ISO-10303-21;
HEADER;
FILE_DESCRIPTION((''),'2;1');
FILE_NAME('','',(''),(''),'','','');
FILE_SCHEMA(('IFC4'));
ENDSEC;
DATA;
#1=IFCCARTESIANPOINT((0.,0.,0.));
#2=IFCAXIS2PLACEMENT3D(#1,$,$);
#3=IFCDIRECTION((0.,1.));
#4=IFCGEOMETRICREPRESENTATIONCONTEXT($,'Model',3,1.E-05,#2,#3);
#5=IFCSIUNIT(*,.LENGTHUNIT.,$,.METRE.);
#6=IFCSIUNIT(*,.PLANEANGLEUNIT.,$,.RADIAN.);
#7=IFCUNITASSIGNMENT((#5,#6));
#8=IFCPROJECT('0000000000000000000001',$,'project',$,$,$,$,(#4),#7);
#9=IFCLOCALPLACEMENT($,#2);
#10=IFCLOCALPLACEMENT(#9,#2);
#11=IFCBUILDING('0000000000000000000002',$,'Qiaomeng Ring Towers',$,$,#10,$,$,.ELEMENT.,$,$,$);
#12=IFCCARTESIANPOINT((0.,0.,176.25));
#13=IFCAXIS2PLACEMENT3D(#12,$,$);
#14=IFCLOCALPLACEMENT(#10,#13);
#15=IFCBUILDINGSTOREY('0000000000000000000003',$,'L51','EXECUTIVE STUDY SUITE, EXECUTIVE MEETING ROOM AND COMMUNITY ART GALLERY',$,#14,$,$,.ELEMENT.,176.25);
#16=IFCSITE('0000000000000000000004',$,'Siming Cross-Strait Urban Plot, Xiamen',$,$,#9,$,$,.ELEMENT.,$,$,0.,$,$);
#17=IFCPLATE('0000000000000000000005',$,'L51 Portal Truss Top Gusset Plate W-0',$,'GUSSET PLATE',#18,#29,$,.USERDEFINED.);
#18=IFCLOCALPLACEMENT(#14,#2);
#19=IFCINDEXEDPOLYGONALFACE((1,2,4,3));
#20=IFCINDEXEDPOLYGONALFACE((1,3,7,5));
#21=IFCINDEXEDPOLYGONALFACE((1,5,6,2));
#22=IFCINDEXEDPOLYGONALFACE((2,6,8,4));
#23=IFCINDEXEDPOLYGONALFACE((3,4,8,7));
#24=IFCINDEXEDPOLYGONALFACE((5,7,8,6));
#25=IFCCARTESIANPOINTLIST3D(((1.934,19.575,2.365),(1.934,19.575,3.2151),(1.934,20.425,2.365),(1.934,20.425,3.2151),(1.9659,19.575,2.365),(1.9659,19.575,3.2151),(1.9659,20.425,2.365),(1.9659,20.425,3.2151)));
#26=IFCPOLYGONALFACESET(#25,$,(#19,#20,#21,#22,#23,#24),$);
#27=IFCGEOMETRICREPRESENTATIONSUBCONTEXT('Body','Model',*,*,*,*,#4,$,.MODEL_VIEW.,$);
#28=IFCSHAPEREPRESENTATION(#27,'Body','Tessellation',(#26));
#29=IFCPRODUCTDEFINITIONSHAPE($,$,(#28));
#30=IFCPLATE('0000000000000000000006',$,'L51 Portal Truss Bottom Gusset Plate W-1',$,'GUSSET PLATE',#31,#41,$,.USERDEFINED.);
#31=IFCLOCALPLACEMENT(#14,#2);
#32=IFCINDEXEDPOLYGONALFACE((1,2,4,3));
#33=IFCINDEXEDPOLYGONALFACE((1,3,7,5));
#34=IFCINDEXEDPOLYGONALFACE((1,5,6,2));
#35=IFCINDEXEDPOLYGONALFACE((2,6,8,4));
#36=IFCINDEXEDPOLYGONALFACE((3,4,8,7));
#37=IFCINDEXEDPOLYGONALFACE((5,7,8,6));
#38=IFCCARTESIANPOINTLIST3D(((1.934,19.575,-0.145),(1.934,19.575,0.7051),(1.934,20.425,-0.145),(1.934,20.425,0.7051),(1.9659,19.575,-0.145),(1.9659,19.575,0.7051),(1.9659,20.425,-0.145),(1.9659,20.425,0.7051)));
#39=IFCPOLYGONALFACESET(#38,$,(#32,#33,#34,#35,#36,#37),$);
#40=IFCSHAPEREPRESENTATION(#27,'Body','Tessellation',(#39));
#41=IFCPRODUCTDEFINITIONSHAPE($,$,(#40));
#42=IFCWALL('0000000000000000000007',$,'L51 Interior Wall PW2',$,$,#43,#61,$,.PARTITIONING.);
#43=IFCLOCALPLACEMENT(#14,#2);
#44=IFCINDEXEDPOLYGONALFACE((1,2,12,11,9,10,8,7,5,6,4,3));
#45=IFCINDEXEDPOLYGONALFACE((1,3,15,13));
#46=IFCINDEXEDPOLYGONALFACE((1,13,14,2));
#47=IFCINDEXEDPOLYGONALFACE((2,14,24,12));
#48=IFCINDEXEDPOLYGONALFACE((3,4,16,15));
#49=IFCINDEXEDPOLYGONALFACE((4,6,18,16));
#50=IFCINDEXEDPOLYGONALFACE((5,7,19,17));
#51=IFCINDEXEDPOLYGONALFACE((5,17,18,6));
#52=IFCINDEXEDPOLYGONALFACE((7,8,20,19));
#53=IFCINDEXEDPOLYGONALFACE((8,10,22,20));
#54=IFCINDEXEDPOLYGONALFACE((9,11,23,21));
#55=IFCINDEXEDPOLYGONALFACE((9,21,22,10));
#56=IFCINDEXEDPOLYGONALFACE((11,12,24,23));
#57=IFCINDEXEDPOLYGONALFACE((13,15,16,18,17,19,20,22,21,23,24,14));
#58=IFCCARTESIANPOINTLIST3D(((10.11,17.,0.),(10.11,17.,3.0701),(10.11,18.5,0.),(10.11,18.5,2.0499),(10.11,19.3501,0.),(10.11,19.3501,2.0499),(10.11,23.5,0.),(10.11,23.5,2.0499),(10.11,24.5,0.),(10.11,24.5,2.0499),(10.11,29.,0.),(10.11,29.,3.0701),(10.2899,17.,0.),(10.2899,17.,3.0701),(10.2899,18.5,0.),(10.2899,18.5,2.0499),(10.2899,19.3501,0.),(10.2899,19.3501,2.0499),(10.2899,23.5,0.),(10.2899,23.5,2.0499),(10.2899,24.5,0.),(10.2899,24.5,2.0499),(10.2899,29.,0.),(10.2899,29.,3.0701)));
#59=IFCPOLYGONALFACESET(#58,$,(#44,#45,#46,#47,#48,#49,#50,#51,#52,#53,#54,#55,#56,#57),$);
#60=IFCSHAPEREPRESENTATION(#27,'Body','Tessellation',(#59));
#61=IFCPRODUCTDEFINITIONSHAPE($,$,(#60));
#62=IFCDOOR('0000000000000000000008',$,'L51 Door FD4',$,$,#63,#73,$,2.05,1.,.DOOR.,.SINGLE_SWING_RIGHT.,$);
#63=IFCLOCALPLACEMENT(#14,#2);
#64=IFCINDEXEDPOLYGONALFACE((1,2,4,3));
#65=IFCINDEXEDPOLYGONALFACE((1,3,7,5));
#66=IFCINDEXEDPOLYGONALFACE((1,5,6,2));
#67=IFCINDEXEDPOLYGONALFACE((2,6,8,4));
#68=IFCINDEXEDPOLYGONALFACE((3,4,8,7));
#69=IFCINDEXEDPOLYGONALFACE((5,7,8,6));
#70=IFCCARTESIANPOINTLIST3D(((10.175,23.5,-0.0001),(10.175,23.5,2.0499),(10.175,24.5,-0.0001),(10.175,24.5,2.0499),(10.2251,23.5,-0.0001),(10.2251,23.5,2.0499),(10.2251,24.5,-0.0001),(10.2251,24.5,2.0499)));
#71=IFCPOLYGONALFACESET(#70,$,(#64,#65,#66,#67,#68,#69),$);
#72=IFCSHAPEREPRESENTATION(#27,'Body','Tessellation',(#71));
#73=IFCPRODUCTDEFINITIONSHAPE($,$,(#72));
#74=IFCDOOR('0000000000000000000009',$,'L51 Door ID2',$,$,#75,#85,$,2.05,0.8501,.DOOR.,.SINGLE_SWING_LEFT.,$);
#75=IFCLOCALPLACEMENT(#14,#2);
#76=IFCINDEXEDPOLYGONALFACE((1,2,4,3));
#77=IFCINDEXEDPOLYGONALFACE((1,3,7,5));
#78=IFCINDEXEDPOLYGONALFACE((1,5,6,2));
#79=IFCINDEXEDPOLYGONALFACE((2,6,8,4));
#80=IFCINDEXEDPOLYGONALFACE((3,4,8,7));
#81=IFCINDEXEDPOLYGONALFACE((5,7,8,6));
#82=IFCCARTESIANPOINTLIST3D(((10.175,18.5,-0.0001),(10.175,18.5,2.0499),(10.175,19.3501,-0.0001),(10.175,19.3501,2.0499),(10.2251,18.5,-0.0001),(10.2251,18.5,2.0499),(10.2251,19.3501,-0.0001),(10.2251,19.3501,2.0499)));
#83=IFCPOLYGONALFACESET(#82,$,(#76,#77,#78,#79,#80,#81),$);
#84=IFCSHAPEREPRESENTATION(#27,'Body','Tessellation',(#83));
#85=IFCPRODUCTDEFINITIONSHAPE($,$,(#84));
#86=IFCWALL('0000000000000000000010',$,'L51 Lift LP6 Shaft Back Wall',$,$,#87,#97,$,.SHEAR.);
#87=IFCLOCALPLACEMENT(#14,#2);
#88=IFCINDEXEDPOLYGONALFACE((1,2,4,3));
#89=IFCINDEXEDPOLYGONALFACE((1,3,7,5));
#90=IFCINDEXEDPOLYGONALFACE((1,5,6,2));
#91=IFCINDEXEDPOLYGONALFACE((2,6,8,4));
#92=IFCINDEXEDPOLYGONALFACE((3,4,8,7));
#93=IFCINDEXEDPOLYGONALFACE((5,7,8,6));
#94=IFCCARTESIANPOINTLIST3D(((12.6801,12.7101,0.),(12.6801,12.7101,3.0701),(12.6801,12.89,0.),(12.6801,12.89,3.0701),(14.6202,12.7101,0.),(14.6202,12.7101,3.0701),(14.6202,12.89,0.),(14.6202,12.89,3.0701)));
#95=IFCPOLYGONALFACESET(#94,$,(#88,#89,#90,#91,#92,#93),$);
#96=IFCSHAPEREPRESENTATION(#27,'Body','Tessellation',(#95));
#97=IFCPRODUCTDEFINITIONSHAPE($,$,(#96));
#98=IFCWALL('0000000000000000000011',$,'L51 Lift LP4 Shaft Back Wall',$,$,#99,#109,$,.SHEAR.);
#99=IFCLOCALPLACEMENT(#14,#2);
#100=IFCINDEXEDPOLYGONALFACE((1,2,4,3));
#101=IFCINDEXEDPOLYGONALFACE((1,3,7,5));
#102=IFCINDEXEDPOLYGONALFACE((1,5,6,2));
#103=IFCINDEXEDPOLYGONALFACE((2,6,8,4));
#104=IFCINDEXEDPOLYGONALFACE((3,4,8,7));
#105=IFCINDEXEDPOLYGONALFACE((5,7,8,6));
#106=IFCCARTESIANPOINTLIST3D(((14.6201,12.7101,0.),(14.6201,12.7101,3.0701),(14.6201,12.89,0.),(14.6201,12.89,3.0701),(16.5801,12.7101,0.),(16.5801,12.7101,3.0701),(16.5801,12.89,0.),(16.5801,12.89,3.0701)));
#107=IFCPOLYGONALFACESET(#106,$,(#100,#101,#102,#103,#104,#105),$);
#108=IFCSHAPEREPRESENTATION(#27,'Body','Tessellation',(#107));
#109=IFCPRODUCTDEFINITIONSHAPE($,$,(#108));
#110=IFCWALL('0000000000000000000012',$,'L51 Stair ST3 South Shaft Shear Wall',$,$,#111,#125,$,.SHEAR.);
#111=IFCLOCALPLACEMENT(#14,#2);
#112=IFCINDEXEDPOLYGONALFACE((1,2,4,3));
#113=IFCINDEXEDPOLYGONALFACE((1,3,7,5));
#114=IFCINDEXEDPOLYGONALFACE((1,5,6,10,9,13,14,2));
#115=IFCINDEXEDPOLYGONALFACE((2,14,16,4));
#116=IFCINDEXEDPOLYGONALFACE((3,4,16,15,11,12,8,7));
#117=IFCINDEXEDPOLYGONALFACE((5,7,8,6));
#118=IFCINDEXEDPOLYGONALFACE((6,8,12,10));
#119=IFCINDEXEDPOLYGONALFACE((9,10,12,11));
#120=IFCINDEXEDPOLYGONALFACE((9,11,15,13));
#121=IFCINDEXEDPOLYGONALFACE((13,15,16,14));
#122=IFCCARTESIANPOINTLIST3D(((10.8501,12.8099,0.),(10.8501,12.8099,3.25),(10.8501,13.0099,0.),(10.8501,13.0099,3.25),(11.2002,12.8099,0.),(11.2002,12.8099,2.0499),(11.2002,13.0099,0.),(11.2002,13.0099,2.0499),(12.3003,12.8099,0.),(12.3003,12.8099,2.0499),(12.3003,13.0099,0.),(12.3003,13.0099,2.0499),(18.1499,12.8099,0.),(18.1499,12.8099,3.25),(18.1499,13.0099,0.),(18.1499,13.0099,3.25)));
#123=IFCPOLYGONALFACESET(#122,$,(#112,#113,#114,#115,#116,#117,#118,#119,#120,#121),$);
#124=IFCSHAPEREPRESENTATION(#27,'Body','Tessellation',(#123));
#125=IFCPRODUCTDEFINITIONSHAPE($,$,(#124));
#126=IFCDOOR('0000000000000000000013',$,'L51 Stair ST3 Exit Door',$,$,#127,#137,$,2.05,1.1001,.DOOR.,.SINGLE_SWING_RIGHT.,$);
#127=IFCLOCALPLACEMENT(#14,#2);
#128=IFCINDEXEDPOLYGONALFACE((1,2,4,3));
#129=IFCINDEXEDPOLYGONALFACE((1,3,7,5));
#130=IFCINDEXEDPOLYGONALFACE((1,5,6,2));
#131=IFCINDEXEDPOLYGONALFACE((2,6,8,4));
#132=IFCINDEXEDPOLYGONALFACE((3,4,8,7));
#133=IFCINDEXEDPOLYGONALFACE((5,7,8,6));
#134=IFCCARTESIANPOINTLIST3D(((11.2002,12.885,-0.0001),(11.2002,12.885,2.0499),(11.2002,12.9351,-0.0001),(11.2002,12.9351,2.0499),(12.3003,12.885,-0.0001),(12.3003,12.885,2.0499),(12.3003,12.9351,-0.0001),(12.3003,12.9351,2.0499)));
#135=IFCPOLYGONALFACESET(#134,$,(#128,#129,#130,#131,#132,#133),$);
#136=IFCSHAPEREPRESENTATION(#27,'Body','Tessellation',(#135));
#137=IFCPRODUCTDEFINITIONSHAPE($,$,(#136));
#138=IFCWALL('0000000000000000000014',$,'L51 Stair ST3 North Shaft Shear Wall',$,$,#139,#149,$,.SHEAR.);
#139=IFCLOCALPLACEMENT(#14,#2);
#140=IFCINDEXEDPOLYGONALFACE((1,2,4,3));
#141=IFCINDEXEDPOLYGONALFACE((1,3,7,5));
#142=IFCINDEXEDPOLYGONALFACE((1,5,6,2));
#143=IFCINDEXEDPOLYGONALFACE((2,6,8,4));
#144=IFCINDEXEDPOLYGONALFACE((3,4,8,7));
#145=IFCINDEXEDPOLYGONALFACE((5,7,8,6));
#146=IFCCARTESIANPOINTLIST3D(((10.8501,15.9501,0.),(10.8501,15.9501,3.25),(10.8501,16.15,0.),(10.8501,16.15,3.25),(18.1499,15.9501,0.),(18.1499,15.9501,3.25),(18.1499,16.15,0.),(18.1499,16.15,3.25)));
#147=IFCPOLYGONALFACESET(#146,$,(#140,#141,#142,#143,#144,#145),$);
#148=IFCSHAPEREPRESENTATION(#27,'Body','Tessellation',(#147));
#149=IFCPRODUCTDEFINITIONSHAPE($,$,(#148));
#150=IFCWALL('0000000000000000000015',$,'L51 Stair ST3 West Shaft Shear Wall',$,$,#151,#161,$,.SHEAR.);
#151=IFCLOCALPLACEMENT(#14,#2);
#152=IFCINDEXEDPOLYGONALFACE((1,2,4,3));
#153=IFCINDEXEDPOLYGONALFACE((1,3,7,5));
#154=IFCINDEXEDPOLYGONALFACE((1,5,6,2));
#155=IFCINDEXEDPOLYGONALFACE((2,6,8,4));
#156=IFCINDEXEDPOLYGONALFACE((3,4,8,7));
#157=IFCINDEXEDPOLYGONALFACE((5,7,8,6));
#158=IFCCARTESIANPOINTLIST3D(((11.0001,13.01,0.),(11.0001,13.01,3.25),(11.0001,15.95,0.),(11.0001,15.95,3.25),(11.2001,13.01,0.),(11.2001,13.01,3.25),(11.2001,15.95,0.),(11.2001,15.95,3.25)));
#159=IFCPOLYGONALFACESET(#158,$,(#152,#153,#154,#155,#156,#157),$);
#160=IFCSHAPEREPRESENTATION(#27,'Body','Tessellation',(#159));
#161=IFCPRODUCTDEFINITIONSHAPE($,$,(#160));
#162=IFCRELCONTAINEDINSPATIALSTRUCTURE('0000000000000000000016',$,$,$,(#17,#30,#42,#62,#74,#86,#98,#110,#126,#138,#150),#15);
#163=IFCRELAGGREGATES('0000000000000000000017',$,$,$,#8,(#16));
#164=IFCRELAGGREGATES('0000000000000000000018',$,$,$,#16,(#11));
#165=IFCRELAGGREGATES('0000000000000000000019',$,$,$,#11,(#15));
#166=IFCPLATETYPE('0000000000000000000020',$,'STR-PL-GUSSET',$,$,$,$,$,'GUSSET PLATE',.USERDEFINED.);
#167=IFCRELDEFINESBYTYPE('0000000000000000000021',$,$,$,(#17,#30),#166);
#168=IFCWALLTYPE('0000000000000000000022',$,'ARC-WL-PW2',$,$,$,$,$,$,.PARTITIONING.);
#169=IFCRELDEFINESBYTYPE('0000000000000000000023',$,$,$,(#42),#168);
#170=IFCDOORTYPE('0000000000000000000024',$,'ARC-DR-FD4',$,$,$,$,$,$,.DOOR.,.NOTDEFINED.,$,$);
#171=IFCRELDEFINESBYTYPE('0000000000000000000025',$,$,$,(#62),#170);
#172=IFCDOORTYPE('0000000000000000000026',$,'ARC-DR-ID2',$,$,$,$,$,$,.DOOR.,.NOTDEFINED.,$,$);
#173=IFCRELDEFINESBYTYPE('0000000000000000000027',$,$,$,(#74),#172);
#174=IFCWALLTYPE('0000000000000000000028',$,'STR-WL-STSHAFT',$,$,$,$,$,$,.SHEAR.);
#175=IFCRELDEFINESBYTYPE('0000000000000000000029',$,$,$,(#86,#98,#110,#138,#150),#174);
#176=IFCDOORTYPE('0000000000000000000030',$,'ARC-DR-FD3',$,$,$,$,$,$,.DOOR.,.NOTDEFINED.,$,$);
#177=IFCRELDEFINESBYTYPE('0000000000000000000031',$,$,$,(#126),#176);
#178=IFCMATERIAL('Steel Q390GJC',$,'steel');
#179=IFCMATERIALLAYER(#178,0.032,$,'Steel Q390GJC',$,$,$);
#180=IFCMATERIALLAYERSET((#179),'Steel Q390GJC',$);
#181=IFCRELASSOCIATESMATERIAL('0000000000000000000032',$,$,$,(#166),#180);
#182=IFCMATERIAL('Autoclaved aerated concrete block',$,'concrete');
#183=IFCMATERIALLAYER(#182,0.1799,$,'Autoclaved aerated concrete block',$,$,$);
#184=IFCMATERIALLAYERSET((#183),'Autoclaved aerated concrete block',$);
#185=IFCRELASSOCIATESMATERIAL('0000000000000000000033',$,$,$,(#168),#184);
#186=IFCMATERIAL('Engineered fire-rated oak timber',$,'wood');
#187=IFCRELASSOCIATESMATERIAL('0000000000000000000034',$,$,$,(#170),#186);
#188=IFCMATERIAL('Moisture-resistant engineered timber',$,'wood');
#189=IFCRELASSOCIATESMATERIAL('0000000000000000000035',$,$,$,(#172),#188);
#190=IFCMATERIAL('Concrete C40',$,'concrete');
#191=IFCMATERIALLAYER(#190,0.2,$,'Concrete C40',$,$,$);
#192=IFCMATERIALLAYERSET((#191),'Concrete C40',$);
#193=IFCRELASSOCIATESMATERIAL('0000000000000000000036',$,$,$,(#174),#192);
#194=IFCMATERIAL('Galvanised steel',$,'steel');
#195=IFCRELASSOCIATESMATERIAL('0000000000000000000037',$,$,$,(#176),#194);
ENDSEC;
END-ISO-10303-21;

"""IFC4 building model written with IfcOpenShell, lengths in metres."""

from ifc_helpers import new_model, si_unit, direction, frame, frame_2d, origin, origin_2d, place, context, subcontext, project, spatial, rectangle, extrude, source, transform, mapped, material, layer, layer_set, type_object, element, fill, save


model = new_model("IFC4")

# Units and contexts
model_context = context("Model", 3, precision=1e-05, world=origin(), true_north=direction((0.0, 1.0)))
body_context = subcontext(model_context, "Body", "Model", "MODEL_VIEW")
ifc_project = project(units=[si_unit("LENGTHUNIT", "METRE"), si_unit("PLANEANGLEUNIT", "RADIAN")], contexts=[model_context])

# Site, building, storey
site_placement = place(None, origin())
site = spatial("IfcSite", under=ifc_project, at=site_placement, Name="Siming Cross-Strait Urban Plot, Xiamen", CompositionType="ELEMENT", RefElevation=0.0)
building_placement = place(site_placement, origin())
building = spatial("IfcBuilding", under=site, at=building_placement, Name="Qiaomeng Ring Towers", CompositionType="ELEMENT")
storey_placement = place(building_placement, frame((0.0, 0.0, 176.25)))
storey = spatial("IfcBuildingStorey", under=building, at=storey_placement, Name="L51", Description="EXECUTIVE STUDY SUITE, EXECUTIVE MEETING ROOM AND COMMUNITY ART GALLERY", CompositionType="ELEMENT", Elevation=176.25)

# Shared definitions
ifc_material_1 = material(Name="Steel Q390GJC", Category="steel")

# Plates
ifc_layer_1 = layer(ifc_material_1, 0.032, Name="Steel Q390GJC")
ifc_layer_set_1 = layer_set([ifc_layer_1], Name="Steel Q390GJC")
plate_type = type_object("IfcPlateType", Name="STR-PL-GUSSET", ElementType="GUSSET PLATE", PredefinedType="USERDEFINED", material=ifc_layer_set_1)
shared_shape_1 = source(origin(), body_context, "Body", "SweptSolid", [
    extrude(rectangle(XDim=0.032, YDim=0.8501, at=origin_2d()), origin(), (0.0, 0.0, 1.0), 0.8501),
])
for number, where, z_axis, x_axis, name in (
    (1, (1.95, 20.0, 2.365), (0.0, 0.0, 1.0), (1.0, 0.0, 0.0), "L51 Portal Truss Top Gusset Plate W-0"),
    (2, (1.95, 20.0, -0.145), (0.0, 0.0, 1.0), (1.0, 0.0, 0.0), "L51 Portal Truss Bottom Gusset Plate W-1"),
):
    element("IfcPlate", number, at=place(storey_placement, frame(where, z_axis=z_axis, x_axis=x_axis)), inside=storey, type_object=plate_type, Name=name, ObjectType="GUSSET PLATE", PredefinedType="USERDEFINED", context=body_context, shape_type="MappedRepresentation", body=[
        mapped(shared_shape_1, transform((0.0, 0.0, 0.0), x_axis=(1.0, 0.0, 0.0), y_axis=(0.0, 1.0, 0.0), z_axis=(0.0, 0.0, 1.0), scale=1.0)),
    ])

# Wall, openings, doors
ifc_material_2 = material(Name="Autoclaved aerated concrete block", Category="concrete")
ifc_layer_2 = layer(ifc_material_2, 0.1799, Name="Autoclaved aerated concrete block")
ifc_layer_set_2 = layer_set([ifc_layer_2], Name="Autoclaved aerated concrete block")
wall_type_1 = type_object("IfcWallType", Name="ARC-WL-PW2", PredefinedType="PARTITIONING", material=ifc_layer_set_2)
wall_1_placement = place(storey_placement, frame((10.2, 17.0, 0.0), z_axis=(0.0, 0.0, 1.0), x_axis=(0.0, 1.0, 0.0)))
wall_1 = element("IfcWall", 3, at=wall_1_placement, inside=storey, type_object=wall_type_1, Name="L51 Interior Wall PW2", PredefinedType="PARTITIONING", context=body_context, shape_type="SweptSolid", body=[
    extrude(rectangle(XDim=12.0, YDim=0.1799, at=frame_2d((6.0, 0.0))), origin(), (0.0, 0.0, 1.0), 3.0701),
])
opening_1_placement = place(wall_1_placement, frame((1.5, 0.0, 0.0)))
opening_1 = element("IfcOpeningElement", 4, at=opening_1_placement, cuts=wall_1, PredefinedType="OPENING", context=body_context, shape_type="SweptSolid", body=[
    extrude(rectangle(XDim=0.8501, YDim=2.05, at=frame_2d((0.425, 1.0249))), frame((0.0, 0.0999, 0.0), z_axis=(0.0, -1.0, 0.0), x_axis=(1.0, 0.0, 0.0)), (0.0, 0.0, 1.0), 0.2),
])
opening_2_placement = place(wall_1_placement, frame((6.5, 0.0, 0.0)))
opening_2 = element("IfcOpeningElement", 5, at=opening_2_placement, cuts=wall_1, PredefinedType="OPENING", context=body_context, shape_type="SweptSolid", body=[
    extrude(rectangle(XDim=1.0, YDim=2.05, at=frame_2d((0.5, 1.0249))), frame((0.0, 0.0999, 0.0), z_axis=(0.0, -1.0, 0.0), x_axis=(1.0, 0.0, 0.0)), (0.0, 0.0, 1.0), 0.2),
])
ifc_material_3 = material(Name="Engineered fire-rated oak timber", Category="wood")
door_type_1 = type_object("IfcDoorType", Name="ARC-DR-FD4", OperationType="NOTDEFINED", PredefinedType="DOOR", material=ifc_material_3)
shared_shape_2 = source(origin(), body_context, "Body", "SweptSolid", [
    extrude(rectangle(XDim=1.0, YDim=2.05, at=frame_2d((0.5, 1.0249))), frame((0.0, 0.0249, 0.0), z_axis=(0.0, -1.0, 0.0), x_axis=(1.0, 0.0, 0.0)), (0.0, 0.0, 1.0), 0.05),
])
door_1_placement = place(opening_2_placement, origin())
door_1 = element("IfcDoor", 6, at=door_1_placement, inside=storey, type_object=door_type_1, Name="L51 Door FD4", OperationType="SINGLE_SWING_RIGHT", OverallHeight=2.05, OverallWidth=1.0, PredefinedType="DOOR", context=body_context, shape_type="MappedRepresentation", body=[
    mapped(shared_shape_2, transform((0.0, 0.0, 0.0), x_axis=(1.0, 0.0, 0.0), y_axis=(0.0, 1.0, 0.0), z_axis=(0.0, 0.0, 1.0), scale=1.0)),
])
fill(opening_2, door_1)
ifc_material_4 = material(Name="Moisture-resistant engineered timber", Category="wood")
door_type_2 = type_object("IfcDoorType", Name="ARC-DR-ID2", OperationType="NOTDEFINED", PredefinedType="DOOR", material=ifc_material_4)
shared_shape_3 = source(origin(), body_context, "Body", "SweptSolid", [
    extrude(rectangle(XDim=0.8501, YDim=2.05, at=frame_2d((0.425, 1.0249))), frame((0.0, 0.0249, 0.0), z_axis=(0.0, -1.0, 0.0), x_axis=(1.0, 0.0, 0.0)), (0.0, 0.0, 1.0), 0.05),
])
door_2_placement = place(opening_1_placement, origin())
door_2 = element("IfcDoor", 7, at=door_2_placement, inside=storey, type_object=door_type_2, Name="L51 Door ID2", OperationType="SINGLE_SWING_LEFT", OverallHeight=2.05, OverallWidth=0.8501, PredefinedType="DOOR", context=body_context, shape_type="MappedRepresentation", body=[
    mapped(shared_shape_3, transform((0.0, 0.0, 0.0), x_axis=(1.0, 0.0, 0.0), y_axis=(0.0, 1.0, 0.0), z_axis=(0.0, 0.0, 1.0), scale=1.0)),
])
fill(opening_1, door_2)

# Walls
ifc_material_5 = material(Name="Concrete C40", Category="concrete")
ifc_layer_3 = layer(ifc_material_5, 0.2, Name="Concrete C40")
ifc_layer_set_3 = layer_set([ifc_layer_3], Name="Concrete C40")
wall_type_2 = type_object("IfcWallType", Name="STR-WL-STSHAFT", PredefinedType="SHEAR", material=ifc_layer_set_3)
wall_2_placement = place(storey_placement, frame((12.6799, 12.8, 0.0), z_axis=(0.0, 0.0, 1.0), x_axis=(1.0, 0.0, 0.0)))
element("IfcWall", 8, at=wall_2_placement, inside=storey, type_object=wall_type_2, Name="L51 Lift LP6 Shaft Back Wall", PredefinedType="SHEAR", context=body_context, shape_type="SweptSolid", body=[
    extrude(rectangle(XDim=1.9402, YDim=0.1799, at=frame_2d((0.9702, 0.0))), origin(), (0.0, 0.0, 1.0), 3.0701),
])
wall_3_placement = place(storey_placement, frame((14.6201, 12.8, 0.0), z_axis=(0.0, 0.0, 1.0), x_axis=(1.0, 0.0, 0.0)))
element("IfcWall", 9, at=wall_3_placement, inside=storey, type_object=wall_type_2, Name="L51 Lift LP4 Shaft Back Wall", PredefinedType="SHEAR", context=body_context, shape_type="SweptSolid", body=[
    extrude(rectangle(XDim=1.96, YDim=0.1799, at=frame_2d((0.98, 0.0))), origin(), (0.0, 0.0, 1.0), 3.0701),
])

# Wall, opening, door
wall_4_placement = place(storey_placement, frame((10.8501, 12.9099, 0.0), z_axis=(0.0, 0.0, 1.0), x_axis=(1.0, 0.0, 0.0)))
wall_4 = element("IfcWall", 10, at=wall_4_placement, inside=storey, type_object=wall_type_2, Name="L51 Stair ST3 South Shaft Shear Wall", PredefinedType="SHEAR", context=body_context, shape_type="SweptSolid", body=[
    extrude(rectangle(XDim=7.2998, YDim=0.2, at=frame_2d((3.6499, 0.0))), origin(), (0.0, 0.0, 1.0), 3.25),
])
opening_3_placement = place(wall_4_placement, frame((0.3501, 0.0, 0.0)))
opening_3 = element("IfcOpeningElement", 11, at=opening_3_placement, cuts=wall_4, PredefinedType="OPENING", context=body_context, shape_type="SweptSolid", body=[
    extrude(rectangle(XDim=1.1001, YDim=2.05, at=frame_2d((0.55, 1.0249))), frame((0.0, 0.1099, 0.0), z_axis=(0.0, -1.0, 0.0), x_axis=(1.0, 0.0, 0.0)), (0.0, 0.0, 1.0), 0.22),
])
ifc_material_6 = material(Name="Galvanised steel", Category="steel")
door_type_3 = type_object("IfcDoorType", Name="ARC-DR-FD3", OperationType="NOTDEFINED", PredefinedType="DOOR", material=ifc_material_6)
shared_shape_4 = source(origin(), body_context, "Body", "SweptSolid", [
    extrude(rectangle(XDim=1.1001, YDim=2.05, at=frame_2d((0.55, 1.0249))), frame((0.0, 0.0249, 0.0), z_axis=(0.0, -1.0, 0.0), x_axis=(1.0, 0.0, 0.0)), (0.0, 0.0, 1.0), 0.05),
])
door_3_placement = place(opening_3_placement, frame((1.1001, 0.0, 0.0), z_axis=(0.0, 0.0, 1.0), x_axis=(-1.0, 0.0, 0.0)))
door_3 = element("IfcDoor", 12, at=door_3_placement, inside=storey, type_object=door_type_3, Name="L51 Stair ST3 Exit Door", OperationType="SINGLE_SWING_RIGHT", OverallHeight=2.05, OverallWidth=1.1001, PredefinedType="DOOR", context=body_context, shape_type="MappedRepresentation", body=[
    mapped(shared_shape_4, transform((0.0, 0.0, 0.0), x_axis=(1.0, 0.0, 0.0), y_axis=(0.0, 1.0, 0.0), z_axis=(0.0, 0.0, 1.0), scale=1.0)),
])
fill(opening_3, door_3)

# Walls
wall_5_placement = place(storey_placement, frame((10.8501, 16.05, 0.0), z_axis=(0.0, 0.0, 1.0), x_axis=(1.0, 0.0, 0.0)))
element("IfcWall", 13, at=wall_5_placement, inside=storey, type_object=wall_type_2, Name="L51 Stair ST3 North Shaft Shear Wall", PredefinedType="SHEAR", context=body_context, shape_type="SweptSolid", body=[
    extrude(rectangle(XDim=7.2998, YDim=0.2, at=frame_2d((3.6499, 0.0))), origin(), (0.0, 0.0, 1.0), 3.25),
])
wall_6_placement = place(storey_placement, frame((11.1001, 13.01, 0.0), z_axis=(0.0, 0.0, 1.0), x_axis=(0.0, 1.0, 0.0)))
element("IfcWall", 14, at=wall_6_placement, inside=storey, type_object=wall_type_2, Name="L51 Stair ST3 West Shaft Shear Wall", PredefinedType="SHEAR", context=body_context, shape_type="SweptSolid", body=[
    extrude(rectangle(XDim=2.9399, YDim=0.2, at=frame_2d((1.47, 0.0))), origin(), (0.0, 0.0, 1.0), 3.25),
])

save(model, "model.ifc")
